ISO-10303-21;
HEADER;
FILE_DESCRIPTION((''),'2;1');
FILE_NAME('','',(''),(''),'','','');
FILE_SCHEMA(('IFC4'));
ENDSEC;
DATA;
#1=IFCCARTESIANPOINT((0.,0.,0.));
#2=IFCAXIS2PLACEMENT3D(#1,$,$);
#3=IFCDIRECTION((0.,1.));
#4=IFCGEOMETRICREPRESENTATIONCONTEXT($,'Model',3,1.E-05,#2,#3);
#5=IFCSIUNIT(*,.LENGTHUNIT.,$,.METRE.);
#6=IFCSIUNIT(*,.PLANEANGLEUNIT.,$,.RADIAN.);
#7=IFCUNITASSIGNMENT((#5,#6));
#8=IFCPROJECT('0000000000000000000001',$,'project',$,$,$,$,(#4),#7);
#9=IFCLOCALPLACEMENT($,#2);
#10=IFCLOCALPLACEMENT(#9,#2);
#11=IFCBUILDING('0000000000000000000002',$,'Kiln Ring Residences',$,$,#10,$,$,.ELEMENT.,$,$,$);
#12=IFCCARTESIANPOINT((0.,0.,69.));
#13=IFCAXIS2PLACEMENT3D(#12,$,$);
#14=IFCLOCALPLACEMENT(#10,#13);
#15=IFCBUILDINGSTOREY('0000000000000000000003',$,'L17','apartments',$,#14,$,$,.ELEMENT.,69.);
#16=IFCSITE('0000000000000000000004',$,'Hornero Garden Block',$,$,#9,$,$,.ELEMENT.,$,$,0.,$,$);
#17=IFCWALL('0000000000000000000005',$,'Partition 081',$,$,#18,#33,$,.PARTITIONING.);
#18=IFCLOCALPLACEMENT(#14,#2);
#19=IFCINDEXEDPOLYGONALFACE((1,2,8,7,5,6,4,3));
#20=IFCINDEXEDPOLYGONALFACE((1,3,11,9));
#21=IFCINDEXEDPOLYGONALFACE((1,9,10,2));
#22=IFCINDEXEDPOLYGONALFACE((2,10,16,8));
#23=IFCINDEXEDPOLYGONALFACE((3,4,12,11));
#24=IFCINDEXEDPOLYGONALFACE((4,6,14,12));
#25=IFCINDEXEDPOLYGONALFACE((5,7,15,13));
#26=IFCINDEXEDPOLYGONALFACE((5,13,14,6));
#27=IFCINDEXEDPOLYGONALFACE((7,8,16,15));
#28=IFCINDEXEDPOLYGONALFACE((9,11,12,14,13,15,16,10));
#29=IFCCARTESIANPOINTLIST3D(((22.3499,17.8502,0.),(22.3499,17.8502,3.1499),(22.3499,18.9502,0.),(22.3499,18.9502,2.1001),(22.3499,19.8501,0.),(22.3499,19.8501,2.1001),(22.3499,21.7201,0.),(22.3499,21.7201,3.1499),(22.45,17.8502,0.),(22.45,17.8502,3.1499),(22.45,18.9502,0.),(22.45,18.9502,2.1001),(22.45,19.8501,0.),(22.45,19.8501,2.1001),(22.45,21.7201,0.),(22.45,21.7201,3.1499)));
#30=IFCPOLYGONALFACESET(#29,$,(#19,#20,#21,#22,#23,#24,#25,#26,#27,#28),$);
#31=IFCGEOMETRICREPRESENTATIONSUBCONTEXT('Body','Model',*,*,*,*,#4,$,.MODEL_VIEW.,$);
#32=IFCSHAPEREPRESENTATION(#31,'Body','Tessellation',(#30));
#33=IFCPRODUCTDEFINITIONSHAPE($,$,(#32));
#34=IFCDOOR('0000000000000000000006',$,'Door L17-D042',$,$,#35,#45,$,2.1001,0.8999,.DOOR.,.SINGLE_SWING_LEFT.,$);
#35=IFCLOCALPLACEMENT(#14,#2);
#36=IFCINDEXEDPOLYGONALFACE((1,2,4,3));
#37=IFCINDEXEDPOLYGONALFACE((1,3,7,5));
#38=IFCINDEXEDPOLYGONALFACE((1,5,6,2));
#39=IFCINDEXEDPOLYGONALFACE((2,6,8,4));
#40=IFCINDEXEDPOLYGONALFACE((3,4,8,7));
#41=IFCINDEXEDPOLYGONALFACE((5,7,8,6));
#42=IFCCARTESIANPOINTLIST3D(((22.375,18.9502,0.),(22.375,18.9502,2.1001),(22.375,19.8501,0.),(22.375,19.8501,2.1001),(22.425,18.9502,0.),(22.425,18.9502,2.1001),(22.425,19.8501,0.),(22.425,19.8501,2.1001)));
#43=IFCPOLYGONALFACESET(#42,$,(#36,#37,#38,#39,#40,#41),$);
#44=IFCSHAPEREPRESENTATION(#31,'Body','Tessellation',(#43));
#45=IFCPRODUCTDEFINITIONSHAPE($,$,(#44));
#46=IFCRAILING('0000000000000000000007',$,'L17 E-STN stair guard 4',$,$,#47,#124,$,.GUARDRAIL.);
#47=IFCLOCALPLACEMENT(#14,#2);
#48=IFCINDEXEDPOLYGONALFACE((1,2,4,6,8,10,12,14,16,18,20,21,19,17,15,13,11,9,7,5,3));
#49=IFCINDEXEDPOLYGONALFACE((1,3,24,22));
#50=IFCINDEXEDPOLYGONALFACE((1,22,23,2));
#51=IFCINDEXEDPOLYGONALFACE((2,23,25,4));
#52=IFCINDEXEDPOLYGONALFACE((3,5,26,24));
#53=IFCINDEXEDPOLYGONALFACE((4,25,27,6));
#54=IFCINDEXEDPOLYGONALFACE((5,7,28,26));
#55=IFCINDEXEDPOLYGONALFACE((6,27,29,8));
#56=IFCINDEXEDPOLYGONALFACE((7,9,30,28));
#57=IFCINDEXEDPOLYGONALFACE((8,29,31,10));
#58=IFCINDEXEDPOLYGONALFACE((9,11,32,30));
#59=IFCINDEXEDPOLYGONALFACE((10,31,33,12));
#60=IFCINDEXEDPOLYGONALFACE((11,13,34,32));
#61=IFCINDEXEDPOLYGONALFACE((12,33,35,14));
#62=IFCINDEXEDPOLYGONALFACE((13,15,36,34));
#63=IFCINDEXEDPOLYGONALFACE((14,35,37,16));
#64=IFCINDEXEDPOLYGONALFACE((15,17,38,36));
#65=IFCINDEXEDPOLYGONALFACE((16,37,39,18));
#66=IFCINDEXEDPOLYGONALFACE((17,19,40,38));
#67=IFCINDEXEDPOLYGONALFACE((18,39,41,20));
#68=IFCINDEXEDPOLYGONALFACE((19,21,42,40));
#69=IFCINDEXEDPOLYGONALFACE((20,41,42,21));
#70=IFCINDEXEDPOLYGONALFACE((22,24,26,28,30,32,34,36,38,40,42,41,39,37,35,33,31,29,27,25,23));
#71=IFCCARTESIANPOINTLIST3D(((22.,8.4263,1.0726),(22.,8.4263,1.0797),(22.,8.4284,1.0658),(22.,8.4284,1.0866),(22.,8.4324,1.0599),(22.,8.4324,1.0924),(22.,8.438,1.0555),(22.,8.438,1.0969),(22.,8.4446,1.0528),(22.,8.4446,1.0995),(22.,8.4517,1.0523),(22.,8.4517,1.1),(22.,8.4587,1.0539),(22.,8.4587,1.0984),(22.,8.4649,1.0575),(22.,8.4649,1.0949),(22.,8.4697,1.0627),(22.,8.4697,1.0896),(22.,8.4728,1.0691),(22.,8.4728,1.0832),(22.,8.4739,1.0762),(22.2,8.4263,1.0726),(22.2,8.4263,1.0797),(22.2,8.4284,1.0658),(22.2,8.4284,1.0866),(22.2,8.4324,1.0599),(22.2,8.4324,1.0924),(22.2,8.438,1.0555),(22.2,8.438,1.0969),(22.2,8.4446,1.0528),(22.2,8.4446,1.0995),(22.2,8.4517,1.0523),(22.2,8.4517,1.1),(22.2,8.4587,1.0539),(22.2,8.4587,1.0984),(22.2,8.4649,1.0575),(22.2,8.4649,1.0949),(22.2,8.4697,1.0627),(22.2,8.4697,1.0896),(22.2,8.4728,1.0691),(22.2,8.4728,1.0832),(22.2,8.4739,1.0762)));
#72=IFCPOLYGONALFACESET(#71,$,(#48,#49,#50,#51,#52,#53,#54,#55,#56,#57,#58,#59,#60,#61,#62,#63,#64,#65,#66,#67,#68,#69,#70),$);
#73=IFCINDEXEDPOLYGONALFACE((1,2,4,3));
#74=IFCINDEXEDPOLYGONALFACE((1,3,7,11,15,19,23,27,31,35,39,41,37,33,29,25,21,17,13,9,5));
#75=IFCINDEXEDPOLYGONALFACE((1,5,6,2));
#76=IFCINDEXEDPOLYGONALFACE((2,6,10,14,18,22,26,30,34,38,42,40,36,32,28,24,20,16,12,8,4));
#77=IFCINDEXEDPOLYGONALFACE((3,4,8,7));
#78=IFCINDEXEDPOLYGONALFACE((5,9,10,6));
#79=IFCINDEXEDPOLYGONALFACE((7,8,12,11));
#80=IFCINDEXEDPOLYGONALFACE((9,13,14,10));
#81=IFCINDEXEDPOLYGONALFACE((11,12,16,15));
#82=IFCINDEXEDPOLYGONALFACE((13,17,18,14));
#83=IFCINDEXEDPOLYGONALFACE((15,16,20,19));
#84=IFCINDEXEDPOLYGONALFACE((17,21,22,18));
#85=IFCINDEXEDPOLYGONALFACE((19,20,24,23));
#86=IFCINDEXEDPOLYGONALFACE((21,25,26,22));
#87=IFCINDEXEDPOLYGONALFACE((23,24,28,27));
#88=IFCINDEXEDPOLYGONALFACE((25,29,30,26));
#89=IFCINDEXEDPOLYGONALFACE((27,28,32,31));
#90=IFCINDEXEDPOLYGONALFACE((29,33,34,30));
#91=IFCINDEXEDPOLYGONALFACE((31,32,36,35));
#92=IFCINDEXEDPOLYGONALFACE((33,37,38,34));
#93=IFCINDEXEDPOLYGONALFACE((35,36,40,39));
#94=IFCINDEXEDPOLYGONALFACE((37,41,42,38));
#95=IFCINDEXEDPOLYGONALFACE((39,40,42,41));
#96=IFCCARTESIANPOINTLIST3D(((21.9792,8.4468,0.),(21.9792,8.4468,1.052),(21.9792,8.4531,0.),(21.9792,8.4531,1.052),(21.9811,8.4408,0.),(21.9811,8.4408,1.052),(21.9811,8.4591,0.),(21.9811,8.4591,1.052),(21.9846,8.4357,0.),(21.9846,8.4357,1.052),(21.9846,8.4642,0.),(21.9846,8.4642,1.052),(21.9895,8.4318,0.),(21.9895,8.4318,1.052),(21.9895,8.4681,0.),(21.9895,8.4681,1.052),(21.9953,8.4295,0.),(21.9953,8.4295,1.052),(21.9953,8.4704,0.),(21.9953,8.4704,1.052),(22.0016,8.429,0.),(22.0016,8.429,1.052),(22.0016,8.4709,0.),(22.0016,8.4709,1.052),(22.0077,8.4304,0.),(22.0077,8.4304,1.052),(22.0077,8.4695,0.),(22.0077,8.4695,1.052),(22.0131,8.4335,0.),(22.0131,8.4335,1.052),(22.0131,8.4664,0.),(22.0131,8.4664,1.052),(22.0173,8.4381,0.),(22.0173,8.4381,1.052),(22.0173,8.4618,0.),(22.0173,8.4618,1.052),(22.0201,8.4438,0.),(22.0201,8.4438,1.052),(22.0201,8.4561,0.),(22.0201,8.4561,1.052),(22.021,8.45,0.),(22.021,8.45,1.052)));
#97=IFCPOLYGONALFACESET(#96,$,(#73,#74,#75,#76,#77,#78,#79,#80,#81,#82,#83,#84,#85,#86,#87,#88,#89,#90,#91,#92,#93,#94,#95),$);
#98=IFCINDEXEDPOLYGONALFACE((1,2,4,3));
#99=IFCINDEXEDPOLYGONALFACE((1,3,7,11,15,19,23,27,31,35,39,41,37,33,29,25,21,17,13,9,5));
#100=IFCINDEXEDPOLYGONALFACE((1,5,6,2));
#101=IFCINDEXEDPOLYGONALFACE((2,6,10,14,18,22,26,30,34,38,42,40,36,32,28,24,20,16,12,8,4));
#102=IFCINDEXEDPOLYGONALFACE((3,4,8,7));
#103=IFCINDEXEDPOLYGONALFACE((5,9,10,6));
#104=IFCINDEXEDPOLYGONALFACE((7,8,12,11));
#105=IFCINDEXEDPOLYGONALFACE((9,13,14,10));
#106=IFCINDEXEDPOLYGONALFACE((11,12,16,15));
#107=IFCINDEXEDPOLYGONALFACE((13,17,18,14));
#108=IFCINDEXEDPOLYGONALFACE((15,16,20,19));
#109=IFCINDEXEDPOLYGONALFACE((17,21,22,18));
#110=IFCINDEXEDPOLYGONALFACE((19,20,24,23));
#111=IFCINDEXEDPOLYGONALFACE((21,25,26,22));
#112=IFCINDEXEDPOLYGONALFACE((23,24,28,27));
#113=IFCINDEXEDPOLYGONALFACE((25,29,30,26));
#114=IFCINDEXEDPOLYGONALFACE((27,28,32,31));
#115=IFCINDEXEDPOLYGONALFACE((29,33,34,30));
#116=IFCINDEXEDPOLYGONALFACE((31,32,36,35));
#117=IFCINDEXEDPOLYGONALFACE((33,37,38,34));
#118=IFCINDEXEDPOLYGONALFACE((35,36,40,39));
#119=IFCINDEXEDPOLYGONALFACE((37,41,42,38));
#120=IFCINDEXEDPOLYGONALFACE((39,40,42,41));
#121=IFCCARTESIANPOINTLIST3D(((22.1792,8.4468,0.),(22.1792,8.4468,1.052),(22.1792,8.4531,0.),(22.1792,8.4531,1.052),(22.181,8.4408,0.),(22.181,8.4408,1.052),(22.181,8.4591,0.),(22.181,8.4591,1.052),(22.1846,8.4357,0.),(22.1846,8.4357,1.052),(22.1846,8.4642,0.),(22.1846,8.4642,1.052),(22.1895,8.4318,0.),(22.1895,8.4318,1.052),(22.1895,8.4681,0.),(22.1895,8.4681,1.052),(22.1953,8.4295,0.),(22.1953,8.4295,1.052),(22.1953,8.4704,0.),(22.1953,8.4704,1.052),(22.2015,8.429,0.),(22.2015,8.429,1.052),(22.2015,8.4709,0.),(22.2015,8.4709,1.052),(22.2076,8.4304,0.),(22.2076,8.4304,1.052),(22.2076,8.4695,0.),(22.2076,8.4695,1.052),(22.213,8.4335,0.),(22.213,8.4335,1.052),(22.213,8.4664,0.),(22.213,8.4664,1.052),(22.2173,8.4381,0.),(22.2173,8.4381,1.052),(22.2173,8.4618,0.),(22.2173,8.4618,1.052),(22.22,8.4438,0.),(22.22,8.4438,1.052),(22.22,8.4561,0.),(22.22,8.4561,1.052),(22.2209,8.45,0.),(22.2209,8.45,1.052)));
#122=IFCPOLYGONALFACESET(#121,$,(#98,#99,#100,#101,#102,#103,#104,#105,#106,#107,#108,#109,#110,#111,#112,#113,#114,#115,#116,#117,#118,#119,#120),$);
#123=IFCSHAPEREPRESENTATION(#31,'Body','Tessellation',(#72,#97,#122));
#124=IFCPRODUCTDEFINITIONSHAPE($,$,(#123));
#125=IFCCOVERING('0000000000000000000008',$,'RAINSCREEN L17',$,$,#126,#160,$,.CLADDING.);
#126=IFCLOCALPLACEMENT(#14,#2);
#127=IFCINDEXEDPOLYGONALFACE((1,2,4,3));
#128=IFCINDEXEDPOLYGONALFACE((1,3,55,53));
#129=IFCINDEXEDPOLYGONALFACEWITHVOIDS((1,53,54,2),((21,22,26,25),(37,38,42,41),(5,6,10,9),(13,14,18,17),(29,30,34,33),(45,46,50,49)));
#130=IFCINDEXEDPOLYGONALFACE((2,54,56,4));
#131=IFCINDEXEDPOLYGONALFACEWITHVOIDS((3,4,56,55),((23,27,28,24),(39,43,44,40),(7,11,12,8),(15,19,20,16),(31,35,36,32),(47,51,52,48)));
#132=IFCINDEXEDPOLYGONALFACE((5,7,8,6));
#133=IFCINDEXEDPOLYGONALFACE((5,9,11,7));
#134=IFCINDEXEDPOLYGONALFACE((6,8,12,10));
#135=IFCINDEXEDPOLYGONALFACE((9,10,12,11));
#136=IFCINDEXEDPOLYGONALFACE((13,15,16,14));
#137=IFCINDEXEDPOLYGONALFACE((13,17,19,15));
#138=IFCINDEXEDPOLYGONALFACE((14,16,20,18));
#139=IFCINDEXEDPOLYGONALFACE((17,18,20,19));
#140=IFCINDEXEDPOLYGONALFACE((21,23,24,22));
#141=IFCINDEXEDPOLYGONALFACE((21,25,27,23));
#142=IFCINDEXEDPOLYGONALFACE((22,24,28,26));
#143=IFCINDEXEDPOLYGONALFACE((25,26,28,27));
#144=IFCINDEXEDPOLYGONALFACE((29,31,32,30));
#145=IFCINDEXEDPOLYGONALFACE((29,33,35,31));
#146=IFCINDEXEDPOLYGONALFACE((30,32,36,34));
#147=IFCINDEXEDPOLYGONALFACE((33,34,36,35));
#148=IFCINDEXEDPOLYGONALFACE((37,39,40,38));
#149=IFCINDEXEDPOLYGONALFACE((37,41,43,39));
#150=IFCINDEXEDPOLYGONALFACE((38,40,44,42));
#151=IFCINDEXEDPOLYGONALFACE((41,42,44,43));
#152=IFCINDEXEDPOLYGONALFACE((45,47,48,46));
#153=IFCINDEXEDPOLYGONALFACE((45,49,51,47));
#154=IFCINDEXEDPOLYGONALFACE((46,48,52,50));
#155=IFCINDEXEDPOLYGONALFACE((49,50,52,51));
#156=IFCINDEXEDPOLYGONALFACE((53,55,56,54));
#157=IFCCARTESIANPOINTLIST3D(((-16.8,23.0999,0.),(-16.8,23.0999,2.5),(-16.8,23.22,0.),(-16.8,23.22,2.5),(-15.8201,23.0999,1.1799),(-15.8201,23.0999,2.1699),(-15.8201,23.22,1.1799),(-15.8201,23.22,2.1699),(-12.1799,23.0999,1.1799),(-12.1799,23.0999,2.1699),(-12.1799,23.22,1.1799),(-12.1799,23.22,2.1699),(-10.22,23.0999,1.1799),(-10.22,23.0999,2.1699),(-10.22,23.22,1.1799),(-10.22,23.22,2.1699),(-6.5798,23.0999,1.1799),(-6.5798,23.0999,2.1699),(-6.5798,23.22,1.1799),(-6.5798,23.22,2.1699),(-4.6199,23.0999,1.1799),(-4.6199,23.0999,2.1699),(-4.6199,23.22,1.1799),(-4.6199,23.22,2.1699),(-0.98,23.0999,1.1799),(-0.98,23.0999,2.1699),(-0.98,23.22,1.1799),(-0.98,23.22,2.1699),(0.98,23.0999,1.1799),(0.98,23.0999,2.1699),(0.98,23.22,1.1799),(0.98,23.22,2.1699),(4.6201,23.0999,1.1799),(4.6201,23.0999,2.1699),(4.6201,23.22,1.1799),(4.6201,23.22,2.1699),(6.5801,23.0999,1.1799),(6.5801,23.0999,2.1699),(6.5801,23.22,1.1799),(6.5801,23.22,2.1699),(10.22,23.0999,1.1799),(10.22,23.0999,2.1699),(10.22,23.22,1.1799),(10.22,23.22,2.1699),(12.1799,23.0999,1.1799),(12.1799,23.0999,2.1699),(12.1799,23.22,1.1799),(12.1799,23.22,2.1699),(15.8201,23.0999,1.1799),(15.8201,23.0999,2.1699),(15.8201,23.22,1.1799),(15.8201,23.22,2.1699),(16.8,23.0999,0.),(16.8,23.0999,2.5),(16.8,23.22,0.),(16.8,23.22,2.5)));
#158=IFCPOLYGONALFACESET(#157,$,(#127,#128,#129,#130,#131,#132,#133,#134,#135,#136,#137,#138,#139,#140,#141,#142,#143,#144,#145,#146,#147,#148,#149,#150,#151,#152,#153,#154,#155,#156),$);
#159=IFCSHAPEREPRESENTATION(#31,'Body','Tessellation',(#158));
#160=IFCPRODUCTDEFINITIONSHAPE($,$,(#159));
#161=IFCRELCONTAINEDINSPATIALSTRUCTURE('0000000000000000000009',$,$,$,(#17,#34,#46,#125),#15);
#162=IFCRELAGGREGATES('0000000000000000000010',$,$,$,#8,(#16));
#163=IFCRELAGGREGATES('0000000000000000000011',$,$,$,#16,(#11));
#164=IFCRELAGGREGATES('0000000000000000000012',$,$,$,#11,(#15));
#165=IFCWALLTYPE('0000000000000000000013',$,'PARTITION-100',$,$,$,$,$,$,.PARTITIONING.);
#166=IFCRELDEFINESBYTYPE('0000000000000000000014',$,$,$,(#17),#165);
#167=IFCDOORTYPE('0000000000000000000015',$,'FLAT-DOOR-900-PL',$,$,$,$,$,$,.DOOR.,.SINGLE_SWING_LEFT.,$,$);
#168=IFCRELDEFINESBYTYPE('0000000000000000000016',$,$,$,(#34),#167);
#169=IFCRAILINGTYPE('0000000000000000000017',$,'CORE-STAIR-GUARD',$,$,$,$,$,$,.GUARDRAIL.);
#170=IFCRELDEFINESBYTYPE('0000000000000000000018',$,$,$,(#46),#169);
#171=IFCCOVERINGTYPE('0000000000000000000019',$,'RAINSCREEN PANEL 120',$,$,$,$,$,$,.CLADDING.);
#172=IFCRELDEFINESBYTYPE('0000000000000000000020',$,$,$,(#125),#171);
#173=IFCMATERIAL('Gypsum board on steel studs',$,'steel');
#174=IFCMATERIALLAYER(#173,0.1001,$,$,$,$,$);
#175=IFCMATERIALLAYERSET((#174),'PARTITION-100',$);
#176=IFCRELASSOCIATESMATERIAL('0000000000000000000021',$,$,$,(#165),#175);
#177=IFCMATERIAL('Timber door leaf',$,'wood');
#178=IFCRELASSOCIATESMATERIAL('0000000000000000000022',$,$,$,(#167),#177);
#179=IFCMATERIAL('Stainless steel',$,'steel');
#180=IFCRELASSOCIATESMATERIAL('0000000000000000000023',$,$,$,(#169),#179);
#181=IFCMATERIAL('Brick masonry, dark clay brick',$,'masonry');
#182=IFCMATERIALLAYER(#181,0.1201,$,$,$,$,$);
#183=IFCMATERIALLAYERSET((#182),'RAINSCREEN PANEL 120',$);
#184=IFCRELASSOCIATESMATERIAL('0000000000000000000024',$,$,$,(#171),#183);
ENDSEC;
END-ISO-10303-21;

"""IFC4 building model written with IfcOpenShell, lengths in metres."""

from ifc_helpers import new_model, si_unit, direction, frame, frame_2d, origin, origin_2d, place, context, subcontext, project, spatial, polyline, rectangle, circle, outline, extrude, material, layer, layer_set, type_object, element, fill, save


model = new_model("IFC4")

# Units and contexts
model_context = context("Model", 3, precision=1e-05, world=origin(), true_north=direction((0.0, 1.0)))
body_context = subcontext(model_context, "Body", "Model", "MODEL_VIEW")
ifc_project = project(units=[si_unit("LENGTHUNIT", "METRE"), si_unit("PLANEANGLEUNIT", "RADIAN")], contexts=[model_context])

# Site, building, storey
site_placement = place(None, origin())
site = spatial("IfcSite", under=ifc_project, at=site_placement, Name="Hornero Garden Block", CompositionType="ELEMENT", RefElevation=0.0)
building_placement = place(site_placement, origin())
building = spatial("IfcBuilding", under=site, at=building_placement, Name="Kiln Ring Residences", CompositionType="ELEMENT")
storey_placement = place(building_placement, frame((0.0, 0.0, 69.0)))
storey = spatial("IfcBuildingStorey", under=building, at=storey_placement, Name="L17", Description="apartments", CompositionType="ELEMENT", Elevation=69.0)

# Shared definitions
ifc_material_1 = material(Name="Gypsum board on steel studs", Category="steel")
ifc_layer_1 = layer(ifc_material_1, 0.1001)
ifc_layer_set_1 = layer_set([ifc_layer_1], Name="PARTITION-100")
wall_type_1 = type_object("IfcWallType", Name="PARTITION-100", PredefinedType="PARTITIONING", material=ifc_layer_set_1)

# Wall, opening, door
wall_1_placement = place(storey_placement, frame((22.3999, 17.8501, 0.0), z_axis=(0.0, 0.0, 1.0), x_axis=(0.0, 1.0, 0.0)))
wall_1 = element("IfcWall", 1, at=wall_1_placement, inside=storey, type_object=wall_type_1, Name="Partition 081", PredefinedType="PARTITIONING", context=body_context, shape_type="SweptSolid", body=[
    extrude(rectangle(XDim=3.8699, YDim=0.1001, at=frame_2d((1.9351, 0.0))), origin(), (0.0, 0.0, 1.0), 3.1499),
])
opening_1_placement = place(wall_1_placement, frame((1.1001, 0.0, 0.0)))
opening_1 = element("IfcOpeningElement", 2, at=opening_1_placement, cuts=wall_1, PredefinedType="OPENING", context=body_context, shape_type="SweptSolid", body=[
    extrude(rectangle(XDim=0.8999, YDim=2.1001, at=frame_2d((0.45, 1.05))), frame((0.0, 0.0601, 0.0), z_axis=(0.0, -1.0, 0.0), x_axis=(1.0, 0.0, 0.0)), (0.0, 0.0, 1.0), 0.1201),
])
ifc_material_2 = material(Name="Timber door leaf", Category="wood")
door_type_1 = type_object("IfcDoorType", Name="FLAT-DOOR-900-PL", OperationType="SINGLE_SWING_LEFT", PredefinedType="DOOR", material=ifc_material_2)
door_1_placement = place(opening_1_placement, origin())
door_1 = element("IfcDoor", 3, at=door_1_placement, inside=storey, type_object=door_type_1, Name="Door L17-D042", OperationType="SINGLE_SWING_LEFT", OverallHeight=2.1001, OverallWidth=0.8999, PredefinedType="DOOR", context=body_context, shape_type="SweptSolid", body=[
    extrude(rectangle(XDim=0.8999, YDim=2.1001, at=frame_2d((0.45, 1.05))), frame((0.0, 0.0249, 0.0), z_axis=(0.0, -1.0, 0.0), x_axis=(1.0, 0.0, 0.0)), (0.0, 0.0, 1.0), 0.05),
])
fill(opening_1, door_1)

# Railing
ifc_material_3 = material(Name="Stainless steel", Category="steel")
railing_type = type_object("IfcRailingType", Name="CORE-STAIR-GUARD", PredefinedType="GUARDRAIL", material=ifc_material_3)
railing_placement = place(storey_placement, frame((22.0, 8.45, 0.0)))
element("IfcRailing", 4, at=railing_placement, inside=storey, type_object=railing_type, Name="L17 E-STN stair guard 4", PredefinedType="GUARDRAIL", context=body_context, shape_type="SweptSolid", body=[
    extrude(circle(Radius=0.0239, at=origin_2d()), frame((0.0, 0.0, 1.0762), z_axis=(1.0, 0.0, 0.0), x_axis=(0.0, 1.0, 0.0)), (0.0, 0.0, 1.0), 0.2),
    extrude(circle(Radius=0.021, at=origin_2d()), origin(), (0.0, 0.0, 1.0), 1.052),
    extrude(circle(Radius=0.021, at=origin_2d()), frame((0.2, 0.0, 0.0)), (0.0, 0.0, 1.0), 1.052),
])

# Covering
ifc_material_4 = material(Name="Brick masonry, dark clay brick", Category="masonry")
ifc_layer_2 = layer(ifc_material_4, 0.1201)
ifc_layer_set_2 = layer_set([ifc_layer_2], Name="RAINSCREEN PANEL 120")
covering_type = type_object("IfcCoveringType", Name="RAINSCREEN PANEL 120", PredefinedType="CLADDING", material=ifc_layer_set_2)
covering_placement = place(storey_placement, frame((16.8, 23.1599, 0.0), z_axis=(0.0, 0.0, 1.0), x_axis=(-1.0, 0.0, 0.0)))
element("IfcCovering", 5, at=covering_placement, inside=storey, type_object=covering_type, Name="RAINSCREEN L17", PredefinedType="CLADDING", context=body_context, shape_type="SweptSolid", body=[
    extrude(outline(polyline([(0.0, 0.0), (33.6001, 0.0), (33.6001, 2.5), (0.0, 2.5), (0.0, 0.0)]), holes=[polyline([(4.6201, 1.1799), (4.6201, 2.1699), (0.98, 2.1699), (0.98, 1.1799), (4.6201, 1.1799)]), polyline([(6.5801, 1.1799), (10.22, 1.1799), (10.22, 2.1699), (6.5801, 2.1699), (6.5801, 1.1799)]), polyline([(12.1799, 1.1799), (15.8201, 1.1799), (15.8201, 2.1699), (12.1799, 2.1699), (12.1799, 1.1799)]), polyline([(21.4199, 1.1799), (21.4199, 2.1699), (17.78, 2.1699), (17.78, 1.1799), (21.4199, 1.1799)]), polyline([(23.3799, 1.1799), (27.02, 1.1799), (27.02, 2.1699), (23.3799, 2.1699), (23.3799, 1.1799)]), polyline([(28.98, 1.1799), (32.6201, 1.1799), (32.6201, 2.1699), (28.98, 2.1699), (28.98, 1.1799)])]), frame((0.0, 0.0601, 0.0), z_axis=(0.0, -1.0, 0.0), x_axis=(1.0, 0.0, 0.0)), (0.0, 0.0, 1.0), 0.1201),
])

save(model, "model.ifc")
